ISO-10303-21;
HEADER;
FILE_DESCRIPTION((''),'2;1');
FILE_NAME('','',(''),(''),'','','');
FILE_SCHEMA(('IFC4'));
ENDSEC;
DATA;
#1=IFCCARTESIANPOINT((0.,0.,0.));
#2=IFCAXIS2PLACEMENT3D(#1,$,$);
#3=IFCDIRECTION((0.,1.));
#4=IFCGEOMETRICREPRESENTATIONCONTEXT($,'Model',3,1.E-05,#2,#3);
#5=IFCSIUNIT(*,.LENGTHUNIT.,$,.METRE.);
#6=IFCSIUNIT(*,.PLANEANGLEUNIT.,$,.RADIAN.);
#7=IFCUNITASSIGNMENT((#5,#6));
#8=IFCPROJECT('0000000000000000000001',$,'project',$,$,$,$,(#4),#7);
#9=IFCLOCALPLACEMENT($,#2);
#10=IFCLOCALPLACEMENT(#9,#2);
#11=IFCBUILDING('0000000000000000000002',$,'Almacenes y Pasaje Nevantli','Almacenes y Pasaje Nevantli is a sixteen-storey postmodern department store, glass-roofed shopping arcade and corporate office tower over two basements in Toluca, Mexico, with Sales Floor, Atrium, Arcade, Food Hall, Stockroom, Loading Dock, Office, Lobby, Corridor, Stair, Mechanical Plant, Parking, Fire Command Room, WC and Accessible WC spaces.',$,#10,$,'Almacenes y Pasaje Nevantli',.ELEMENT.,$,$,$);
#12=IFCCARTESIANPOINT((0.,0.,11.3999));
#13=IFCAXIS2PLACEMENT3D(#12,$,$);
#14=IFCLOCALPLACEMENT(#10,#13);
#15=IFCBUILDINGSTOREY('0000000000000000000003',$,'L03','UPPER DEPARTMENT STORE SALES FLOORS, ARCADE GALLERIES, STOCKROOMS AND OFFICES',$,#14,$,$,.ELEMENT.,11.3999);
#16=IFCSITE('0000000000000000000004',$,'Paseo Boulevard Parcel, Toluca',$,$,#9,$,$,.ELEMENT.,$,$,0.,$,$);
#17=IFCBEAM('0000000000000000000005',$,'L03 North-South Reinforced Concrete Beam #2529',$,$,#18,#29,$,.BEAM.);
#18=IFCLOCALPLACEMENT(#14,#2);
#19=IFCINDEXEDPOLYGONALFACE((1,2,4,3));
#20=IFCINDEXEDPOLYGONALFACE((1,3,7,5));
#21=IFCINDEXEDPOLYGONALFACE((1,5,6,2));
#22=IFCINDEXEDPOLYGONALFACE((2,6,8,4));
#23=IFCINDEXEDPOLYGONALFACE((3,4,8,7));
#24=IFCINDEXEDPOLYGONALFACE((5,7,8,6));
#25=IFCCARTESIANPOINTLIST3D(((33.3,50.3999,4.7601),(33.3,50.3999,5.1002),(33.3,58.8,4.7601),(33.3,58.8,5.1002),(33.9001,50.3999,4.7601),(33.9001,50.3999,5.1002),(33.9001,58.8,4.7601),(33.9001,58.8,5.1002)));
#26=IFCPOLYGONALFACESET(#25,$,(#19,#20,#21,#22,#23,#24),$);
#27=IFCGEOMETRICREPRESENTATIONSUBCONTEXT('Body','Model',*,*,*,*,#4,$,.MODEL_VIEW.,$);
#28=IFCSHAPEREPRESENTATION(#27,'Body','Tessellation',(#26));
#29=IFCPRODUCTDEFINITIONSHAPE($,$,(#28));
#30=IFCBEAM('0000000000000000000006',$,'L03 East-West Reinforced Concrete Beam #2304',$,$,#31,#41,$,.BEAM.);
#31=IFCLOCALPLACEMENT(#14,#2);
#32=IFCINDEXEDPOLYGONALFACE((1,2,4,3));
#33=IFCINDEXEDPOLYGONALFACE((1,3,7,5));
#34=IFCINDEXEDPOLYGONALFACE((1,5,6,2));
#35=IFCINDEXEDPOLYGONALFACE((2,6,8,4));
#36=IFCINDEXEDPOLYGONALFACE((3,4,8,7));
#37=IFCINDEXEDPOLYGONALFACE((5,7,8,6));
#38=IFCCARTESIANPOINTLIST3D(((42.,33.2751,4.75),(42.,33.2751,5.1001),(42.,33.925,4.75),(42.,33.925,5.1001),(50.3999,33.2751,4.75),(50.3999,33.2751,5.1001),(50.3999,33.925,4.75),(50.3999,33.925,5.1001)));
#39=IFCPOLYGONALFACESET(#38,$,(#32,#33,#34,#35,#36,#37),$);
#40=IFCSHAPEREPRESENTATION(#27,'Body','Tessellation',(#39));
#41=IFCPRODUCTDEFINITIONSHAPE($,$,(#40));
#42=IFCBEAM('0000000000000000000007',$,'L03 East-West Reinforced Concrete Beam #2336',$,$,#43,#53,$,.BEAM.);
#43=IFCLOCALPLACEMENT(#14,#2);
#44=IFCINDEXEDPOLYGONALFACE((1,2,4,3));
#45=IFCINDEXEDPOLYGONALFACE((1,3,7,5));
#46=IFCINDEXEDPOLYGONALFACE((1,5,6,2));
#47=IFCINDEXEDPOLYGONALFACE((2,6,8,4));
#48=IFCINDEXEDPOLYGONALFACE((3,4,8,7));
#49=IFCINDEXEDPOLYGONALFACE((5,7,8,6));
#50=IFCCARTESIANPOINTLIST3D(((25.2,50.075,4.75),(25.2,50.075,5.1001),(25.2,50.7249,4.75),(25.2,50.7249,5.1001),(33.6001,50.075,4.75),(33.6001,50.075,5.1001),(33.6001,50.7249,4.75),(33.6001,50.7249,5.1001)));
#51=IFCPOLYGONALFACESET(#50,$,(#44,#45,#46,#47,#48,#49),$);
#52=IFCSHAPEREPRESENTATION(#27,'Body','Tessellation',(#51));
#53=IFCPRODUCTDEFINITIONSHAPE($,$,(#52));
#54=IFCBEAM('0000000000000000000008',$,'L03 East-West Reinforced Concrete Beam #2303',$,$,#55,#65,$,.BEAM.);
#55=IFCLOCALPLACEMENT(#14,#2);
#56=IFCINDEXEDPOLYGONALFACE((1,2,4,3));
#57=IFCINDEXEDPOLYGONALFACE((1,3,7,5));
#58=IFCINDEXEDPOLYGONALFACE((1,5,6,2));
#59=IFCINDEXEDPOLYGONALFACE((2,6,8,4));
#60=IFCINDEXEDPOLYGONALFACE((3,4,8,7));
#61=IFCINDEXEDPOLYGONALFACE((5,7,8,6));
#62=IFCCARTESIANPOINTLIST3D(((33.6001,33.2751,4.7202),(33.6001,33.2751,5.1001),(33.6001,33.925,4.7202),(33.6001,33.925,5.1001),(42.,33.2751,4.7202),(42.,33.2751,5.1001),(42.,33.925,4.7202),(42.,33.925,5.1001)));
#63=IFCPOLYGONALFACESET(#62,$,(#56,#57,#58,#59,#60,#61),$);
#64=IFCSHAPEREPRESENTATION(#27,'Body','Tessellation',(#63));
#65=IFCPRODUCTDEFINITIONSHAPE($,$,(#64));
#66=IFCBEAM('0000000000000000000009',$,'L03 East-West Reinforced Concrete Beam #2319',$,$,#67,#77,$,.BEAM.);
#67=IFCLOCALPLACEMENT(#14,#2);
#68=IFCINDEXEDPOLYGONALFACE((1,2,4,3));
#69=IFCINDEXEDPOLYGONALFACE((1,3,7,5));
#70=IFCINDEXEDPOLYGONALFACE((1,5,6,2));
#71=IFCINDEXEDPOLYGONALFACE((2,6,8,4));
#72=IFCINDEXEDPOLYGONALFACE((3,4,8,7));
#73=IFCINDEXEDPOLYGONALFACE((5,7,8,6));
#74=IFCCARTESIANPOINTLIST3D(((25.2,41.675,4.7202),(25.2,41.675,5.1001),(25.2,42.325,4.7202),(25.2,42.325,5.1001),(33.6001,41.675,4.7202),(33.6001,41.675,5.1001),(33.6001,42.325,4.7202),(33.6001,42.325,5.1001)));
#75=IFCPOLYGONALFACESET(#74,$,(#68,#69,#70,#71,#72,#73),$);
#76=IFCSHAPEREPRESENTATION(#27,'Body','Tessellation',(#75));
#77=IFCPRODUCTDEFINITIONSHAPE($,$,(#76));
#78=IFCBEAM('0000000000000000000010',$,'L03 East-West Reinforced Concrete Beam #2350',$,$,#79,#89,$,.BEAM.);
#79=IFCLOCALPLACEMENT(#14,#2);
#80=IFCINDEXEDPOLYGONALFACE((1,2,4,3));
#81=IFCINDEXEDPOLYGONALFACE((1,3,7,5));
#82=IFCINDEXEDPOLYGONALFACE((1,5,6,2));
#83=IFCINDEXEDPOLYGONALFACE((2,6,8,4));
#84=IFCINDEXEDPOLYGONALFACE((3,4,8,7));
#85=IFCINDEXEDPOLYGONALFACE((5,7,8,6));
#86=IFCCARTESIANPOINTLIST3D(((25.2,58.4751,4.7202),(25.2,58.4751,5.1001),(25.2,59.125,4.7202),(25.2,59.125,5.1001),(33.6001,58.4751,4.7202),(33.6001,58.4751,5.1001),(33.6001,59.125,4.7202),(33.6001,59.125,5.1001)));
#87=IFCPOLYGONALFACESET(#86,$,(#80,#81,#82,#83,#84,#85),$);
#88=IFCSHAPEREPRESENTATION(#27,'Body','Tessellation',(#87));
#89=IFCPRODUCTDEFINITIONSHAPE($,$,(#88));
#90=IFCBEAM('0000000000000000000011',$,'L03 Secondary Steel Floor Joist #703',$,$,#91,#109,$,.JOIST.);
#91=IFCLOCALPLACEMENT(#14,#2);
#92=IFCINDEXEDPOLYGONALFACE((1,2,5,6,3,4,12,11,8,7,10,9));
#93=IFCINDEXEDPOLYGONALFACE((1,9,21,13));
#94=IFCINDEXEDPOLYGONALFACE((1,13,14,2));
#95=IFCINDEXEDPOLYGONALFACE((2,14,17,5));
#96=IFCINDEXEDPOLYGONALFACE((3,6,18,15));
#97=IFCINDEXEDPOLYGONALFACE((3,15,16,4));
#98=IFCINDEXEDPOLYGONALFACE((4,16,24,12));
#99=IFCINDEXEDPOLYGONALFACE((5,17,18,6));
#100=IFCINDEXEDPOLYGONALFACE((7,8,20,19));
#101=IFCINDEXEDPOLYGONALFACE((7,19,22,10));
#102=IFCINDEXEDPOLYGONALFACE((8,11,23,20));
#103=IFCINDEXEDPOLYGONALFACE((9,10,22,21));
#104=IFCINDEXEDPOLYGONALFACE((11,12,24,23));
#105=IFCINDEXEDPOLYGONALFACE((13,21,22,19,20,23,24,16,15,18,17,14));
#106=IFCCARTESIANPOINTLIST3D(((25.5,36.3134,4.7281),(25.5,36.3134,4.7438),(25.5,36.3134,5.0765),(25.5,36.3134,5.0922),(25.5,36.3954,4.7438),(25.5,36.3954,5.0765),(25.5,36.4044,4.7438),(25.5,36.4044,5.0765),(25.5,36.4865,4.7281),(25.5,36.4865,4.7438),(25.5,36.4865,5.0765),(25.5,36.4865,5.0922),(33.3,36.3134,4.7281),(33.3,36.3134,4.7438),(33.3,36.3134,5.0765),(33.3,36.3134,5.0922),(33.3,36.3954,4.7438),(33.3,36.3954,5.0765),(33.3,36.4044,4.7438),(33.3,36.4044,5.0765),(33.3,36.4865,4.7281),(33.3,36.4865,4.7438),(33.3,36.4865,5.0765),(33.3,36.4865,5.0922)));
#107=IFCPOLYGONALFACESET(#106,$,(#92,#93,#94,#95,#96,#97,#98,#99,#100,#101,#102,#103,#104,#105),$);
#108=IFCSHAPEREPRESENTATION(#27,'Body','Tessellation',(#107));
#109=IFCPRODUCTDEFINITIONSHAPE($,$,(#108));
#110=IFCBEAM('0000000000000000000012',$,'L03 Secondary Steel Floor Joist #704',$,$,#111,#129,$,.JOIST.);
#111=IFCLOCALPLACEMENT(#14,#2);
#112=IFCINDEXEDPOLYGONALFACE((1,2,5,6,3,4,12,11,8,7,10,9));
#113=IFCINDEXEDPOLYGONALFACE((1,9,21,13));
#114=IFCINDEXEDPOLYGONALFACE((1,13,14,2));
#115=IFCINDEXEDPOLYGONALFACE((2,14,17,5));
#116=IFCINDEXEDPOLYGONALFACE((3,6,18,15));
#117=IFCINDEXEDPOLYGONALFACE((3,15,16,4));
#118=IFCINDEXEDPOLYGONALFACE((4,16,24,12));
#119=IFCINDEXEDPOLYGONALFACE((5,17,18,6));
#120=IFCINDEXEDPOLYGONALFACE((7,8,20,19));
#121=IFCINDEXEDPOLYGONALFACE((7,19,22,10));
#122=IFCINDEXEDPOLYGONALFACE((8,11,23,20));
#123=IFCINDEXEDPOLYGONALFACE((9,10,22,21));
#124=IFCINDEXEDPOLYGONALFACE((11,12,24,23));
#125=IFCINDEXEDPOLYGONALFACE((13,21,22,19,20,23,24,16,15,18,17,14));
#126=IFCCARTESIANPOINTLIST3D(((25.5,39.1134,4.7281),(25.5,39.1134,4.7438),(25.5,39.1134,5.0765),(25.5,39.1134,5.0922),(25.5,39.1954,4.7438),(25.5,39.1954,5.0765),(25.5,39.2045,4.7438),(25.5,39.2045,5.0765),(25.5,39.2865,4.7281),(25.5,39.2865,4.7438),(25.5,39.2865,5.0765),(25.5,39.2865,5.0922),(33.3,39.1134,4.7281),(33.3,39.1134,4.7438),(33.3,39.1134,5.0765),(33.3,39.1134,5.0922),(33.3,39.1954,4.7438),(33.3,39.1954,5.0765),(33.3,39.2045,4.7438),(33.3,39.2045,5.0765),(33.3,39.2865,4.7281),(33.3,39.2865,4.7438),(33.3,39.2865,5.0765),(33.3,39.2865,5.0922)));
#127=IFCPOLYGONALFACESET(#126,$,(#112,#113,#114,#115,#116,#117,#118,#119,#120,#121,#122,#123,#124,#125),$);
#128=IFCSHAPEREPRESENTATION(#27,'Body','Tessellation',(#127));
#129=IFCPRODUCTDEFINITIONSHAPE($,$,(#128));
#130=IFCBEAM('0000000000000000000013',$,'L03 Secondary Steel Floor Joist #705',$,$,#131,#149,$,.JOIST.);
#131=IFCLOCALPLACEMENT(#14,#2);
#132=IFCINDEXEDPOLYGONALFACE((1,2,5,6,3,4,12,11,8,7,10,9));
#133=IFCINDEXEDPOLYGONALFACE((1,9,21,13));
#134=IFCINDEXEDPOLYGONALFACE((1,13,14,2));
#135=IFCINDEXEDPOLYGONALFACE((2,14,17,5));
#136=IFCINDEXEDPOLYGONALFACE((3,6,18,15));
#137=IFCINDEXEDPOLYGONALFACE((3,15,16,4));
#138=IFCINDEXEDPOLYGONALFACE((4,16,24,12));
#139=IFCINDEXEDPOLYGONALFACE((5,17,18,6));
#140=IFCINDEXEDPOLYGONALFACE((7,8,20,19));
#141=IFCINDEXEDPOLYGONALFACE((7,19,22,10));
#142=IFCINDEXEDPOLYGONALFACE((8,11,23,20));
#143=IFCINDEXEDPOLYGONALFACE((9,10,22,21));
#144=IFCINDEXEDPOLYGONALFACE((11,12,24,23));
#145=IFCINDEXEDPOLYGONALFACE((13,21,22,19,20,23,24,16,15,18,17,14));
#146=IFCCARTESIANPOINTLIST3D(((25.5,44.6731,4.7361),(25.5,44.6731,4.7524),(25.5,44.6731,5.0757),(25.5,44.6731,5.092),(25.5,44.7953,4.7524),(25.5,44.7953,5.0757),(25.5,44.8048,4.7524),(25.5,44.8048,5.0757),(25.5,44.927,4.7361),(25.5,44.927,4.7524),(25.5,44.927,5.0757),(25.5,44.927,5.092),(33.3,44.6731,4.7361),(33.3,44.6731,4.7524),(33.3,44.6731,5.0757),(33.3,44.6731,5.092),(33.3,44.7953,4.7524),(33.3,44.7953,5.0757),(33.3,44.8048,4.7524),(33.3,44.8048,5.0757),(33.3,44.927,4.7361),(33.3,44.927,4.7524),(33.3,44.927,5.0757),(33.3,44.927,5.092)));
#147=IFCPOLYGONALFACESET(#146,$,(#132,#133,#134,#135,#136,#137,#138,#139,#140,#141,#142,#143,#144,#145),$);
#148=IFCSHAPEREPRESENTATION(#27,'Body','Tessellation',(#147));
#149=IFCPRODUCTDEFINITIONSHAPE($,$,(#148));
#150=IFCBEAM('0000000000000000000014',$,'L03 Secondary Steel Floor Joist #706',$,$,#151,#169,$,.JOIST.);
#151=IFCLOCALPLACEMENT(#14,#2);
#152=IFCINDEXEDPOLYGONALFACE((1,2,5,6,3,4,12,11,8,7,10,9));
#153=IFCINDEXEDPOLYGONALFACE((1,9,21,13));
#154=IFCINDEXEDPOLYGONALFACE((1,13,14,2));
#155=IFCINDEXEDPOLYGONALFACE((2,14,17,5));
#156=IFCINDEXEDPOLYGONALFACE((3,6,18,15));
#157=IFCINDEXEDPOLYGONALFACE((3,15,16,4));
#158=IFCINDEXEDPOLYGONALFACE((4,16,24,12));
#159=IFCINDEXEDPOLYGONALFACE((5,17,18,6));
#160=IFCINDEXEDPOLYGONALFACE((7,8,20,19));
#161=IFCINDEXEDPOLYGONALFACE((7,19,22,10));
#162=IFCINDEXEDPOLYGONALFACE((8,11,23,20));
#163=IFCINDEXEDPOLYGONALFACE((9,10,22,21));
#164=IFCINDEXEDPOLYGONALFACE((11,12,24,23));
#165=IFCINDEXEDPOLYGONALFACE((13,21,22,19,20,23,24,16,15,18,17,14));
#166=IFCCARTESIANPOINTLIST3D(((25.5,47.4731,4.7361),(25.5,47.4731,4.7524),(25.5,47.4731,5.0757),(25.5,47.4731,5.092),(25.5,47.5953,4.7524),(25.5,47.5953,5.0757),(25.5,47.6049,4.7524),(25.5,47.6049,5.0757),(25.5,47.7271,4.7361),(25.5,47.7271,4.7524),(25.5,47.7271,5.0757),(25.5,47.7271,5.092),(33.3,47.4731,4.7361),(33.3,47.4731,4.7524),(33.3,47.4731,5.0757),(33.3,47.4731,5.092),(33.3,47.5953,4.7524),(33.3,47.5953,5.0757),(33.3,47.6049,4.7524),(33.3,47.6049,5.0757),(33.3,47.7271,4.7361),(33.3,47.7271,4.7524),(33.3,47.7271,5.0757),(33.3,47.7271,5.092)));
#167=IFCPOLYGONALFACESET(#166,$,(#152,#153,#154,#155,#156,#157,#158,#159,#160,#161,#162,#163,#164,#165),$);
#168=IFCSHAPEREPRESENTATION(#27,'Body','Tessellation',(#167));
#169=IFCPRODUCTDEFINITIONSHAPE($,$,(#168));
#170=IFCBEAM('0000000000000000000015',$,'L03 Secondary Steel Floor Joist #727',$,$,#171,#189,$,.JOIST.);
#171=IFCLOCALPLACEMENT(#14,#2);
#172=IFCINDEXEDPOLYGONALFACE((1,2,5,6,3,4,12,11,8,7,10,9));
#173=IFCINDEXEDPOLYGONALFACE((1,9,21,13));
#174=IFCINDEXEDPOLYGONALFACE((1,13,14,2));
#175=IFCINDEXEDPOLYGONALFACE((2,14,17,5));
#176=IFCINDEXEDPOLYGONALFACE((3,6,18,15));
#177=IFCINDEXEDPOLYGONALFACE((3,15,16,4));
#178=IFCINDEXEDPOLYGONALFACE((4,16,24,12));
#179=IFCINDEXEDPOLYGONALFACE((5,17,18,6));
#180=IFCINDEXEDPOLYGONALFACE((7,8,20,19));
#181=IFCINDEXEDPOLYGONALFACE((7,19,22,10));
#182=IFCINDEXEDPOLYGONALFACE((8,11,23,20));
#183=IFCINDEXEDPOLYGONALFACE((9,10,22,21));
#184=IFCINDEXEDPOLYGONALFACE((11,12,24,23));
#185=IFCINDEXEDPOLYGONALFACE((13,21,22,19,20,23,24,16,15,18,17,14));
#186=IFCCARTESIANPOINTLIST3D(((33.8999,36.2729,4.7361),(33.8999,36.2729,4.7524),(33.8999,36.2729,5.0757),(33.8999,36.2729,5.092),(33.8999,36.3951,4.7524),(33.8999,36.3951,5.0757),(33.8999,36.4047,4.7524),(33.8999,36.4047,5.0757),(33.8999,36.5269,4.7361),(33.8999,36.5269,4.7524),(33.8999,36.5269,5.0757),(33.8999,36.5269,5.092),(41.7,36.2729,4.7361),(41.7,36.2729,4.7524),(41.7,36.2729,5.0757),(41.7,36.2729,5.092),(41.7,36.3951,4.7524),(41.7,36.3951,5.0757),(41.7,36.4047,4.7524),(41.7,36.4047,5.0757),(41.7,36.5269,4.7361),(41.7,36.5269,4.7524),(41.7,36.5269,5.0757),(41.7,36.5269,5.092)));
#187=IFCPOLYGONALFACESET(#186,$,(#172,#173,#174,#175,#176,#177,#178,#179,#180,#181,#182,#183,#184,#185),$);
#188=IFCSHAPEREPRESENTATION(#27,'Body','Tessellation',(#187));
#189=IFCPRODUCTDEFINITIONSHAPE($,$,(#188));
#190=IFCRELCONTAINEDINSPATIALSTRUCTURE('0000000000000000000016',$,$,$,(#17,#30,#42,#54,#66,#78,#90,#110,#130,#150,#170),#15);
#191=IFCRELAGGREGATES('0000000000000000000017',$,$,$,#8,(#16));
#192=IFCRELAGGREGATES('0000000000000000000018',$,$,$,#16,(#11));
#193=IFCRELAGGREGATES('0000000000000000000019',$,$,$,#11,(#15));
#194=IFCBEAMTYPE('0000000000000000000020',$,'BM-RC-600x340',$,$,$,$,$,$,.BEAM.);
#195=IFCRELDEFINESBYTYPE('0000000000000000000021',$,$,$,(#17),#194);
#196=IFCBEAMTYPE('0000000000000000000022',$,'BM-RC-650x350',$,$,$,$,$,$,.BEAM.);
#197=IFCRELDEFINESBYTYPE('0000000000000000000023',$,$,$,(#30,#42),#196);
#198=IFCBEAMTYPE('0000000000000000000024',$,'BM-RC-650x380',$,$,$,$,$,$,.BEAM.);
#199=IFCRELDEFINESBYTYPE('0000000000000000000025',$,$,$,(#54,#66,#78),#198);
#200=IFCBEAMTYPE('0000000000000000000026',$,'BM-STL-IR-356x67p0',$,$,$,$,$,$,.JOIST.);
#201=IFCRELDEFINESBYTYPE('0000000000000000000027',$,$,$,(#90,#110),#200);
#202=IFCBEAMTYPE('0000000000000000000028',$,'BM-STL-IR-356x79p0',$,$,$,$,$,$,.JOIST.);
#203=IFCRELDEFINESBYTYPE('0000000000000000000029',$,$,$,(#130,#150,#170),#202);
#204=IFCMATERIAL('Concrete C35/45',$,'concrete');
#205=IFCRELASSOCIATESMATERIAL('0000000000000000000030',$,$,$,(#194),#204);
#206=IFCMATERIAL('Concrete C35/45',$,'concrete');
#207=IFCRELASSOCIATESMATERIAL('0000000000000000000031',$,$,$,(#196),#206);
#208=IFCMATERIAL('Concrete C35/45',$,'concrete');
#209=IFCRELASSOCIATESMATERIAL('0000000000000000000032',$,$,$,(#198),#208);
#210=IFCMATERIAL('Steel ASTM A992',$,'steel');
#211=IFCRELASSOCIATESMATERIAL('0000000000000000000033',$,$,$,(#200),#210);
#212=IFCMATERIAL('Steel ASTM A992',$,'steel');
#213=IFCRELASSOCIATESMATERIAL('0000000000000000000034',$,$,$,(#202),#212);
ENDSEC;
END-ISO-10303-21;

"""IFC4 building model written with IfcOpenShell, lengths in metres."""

from ifc_helpers import new_model, si_unit, direction, frame, origin, origin_2d, place, context, subcontext, project, spatial, rectangle, i_section, extrude, material, material_profile, profile_set, type_object, element, save


model = new_model("IFC4")

# Units and contexts
model_context = context("Model", 3, precision=1e-05, world=origin(), true_north=direction((0.0, 1.0)))
body_context = subcontext(model_context, "Body", "Model", "MODEL_VIEW")
ifc_project = project(units=[si_unit("LENGTHUNIT", "METRE"), si_unit("PLANEANGLEUNIT", "RADIAN")], contexts=[model_context])

# Site, building, storey
site_placement = place(None, origin())
site = spatial("IfcSite", under=ifc_project, at=site_placement, Name="Paseo Boulevard Parcel, Toluca", CompositionType="ELEMENT", RefElevation=0.0)
building_placement = place(site_placement, origin())
building = spatial("IfcBuilding", under=site, at=building_placement, Name="Almacenes y Pasaje Nevantli", Description="Almacenes y Pasaje Nevantli is a sixteen-storey postmodern department store, glass-roofed shopping arcade and corporate office tower over two basements in Toluca, Mexico, with Sales Floor, Atrium, Arcade, Food Hall, Stockroom, Loading Dock, Office, Lobby, Corridor, Stair, Mechanical Plant, Parking, Fire Command Room, WC and Accessible WC spaces.", LongName="Almacenes y Pasaje Nevantli", CompositionType="ELEMENT")
storey_placement = place(building_placement, frame((0.0, 0.0, 11.3999)))
storey = spatial("IfcBuildingStorey", under=building, at=storey_placement, Name="L03", Description="UPPER DEPARTMENT STORE SALES FLOORS, ARCADE GALLERIES, STOCKROOMS AND OFFICES", CompositionType="ELEMENT", Elevation=11.3999)

# Beams
ifc_material_1 = material(Name="Concrete C35/45", Category="concrete")
ifc_material_profile_1 = material_profile(ifc_material_1, rectangle(XDim=0.6001, YDim=0.3401, at=origin_2d()), Name="RC-BM-600x340")
ifc_profile_set_1 = profile_set([ifc_material_profile_1], Name="Concrete C35/45")
beam_type_1 = type_object("IfcBeamType", Name="BM-RC-600x340", PredefinedType="BEAM", material=ifc_profile_set_1)
beam_1_placement = place(storey_placement, frame((33.6001, 50.3999, 4.9302), z_axis=(0.0, 1.0, 0.0), x_axis=(-1.0, 0.0, 0.0)))
element("IfcBeam", 1, at=beam_1_placement, inside=storey, type_object=beam_type_1, Name="L03 North-South Reinforced Concrete Beam #2529", PredefinedType="BEAM", context=body_context, shape_type="SweptSolid", body=[
    extrude(rectangle(XDim=0.6001, YDim=0.3401, at=origin_2d()), origin(), (0.0, 0.0, 1.0), 8.4001),
])
ifc_material_2 = material(Name="Concrete C35/45", Category="concrete")
ifc_material_profile_2 = material_profile(ifc_material_2, rectangle(XDim=0.6499, YDim=0.3501, at=origin_2d()), Name="RC-BM-650x350")
ifc_profile_set_2 = profile_set([ifc_material_profile_2], Name="Concrete C35/45")
beam_type_2 = type_object("IfcBeamType", Name="BM-RC-650x350", PredefinedType="BEAM", material=ifc_profile_set_2)
beam_2_placement = place(storey_placement, frame((42.0, 33.6001, 4.925), z_axis=(1.0, 0.0, 0.0), x_axis=(0.0, 1.0, 0.0)))
element("IfcBeam", 2, at=beam_2_placement, inside=storey, type_object=beam_type_2, Name="L03 East-West Reinforced Concrete Beam #2304", PredefinedType="BEAM", context=body_context, shape_type="SweptSolid", body=[
    extrude(rectangle(XDim=0.6499, YDim=0.3501, at=origin_2d()), origin(), (0.0, 0.0, 1.0), 8.3999),
])
beam_3_placement = place(storey_placement, frame((25.2, 50.3999, 4.925), z_axis=(1.0, 0.0, 0.0), x_axis=(0.0, 1.0, 0.0)))
element("IfcBeam", 3, at=beam_3_placement, inside=storey, type_object=beam_type_2, Name="L03 East-West Reinforced Concrete Beam #2336", PredefinedType="BEAM", context=body_context, shape_type="SweptSolid", body=[
    extrude(rectangle(XDim=0.6499, YDim=0.3501, at=origin_2d()), origin(), (0.0, 0.0, 1.0), 8.4001),
])
ifc_material_3 = material(Name="Concrete C35/45", Category="concrete")
ifc_material_profile_3 = material_profile(ifc_material_3, rectangle(XDim=0.6499, YDim=0.3799, at=origin_2d()), Name="RC-BM-650x380")
ifc_profile_set_3 = profile_set([ifc_material_profile_3], Name="Concrete C35/45")
beam_type_3 = type_object("IfcBeamType", Name="BM-RC-650x380", PredefinedType="BEAM", material=ifc_profile_set_3)
beam_4_placement = place(storey_placement, frame((33.6001, 33.6001, 4.9102), z_axis=(1.0, 0.0, 0.0), x_axis=(0.0, 1.0, 0.0)))
element("IfcBeam", 4, at=beam_4_placement, inside=storey, type_object=beam_type_3, Name="L03 East-West Reinforced Concrete Beam #2303", PredefinedType="BEAM", context=body_context, shape_type="SweptSolid", body=[
    extrude(rectangle(XDim=0.6499, YDim=0.3799, at=origin_2d()), origin(), (0.0, 0.0, 1.0), 8.3999),
])
for number, where, z_axis, x_axis, name in (
    (5, (25.2, 42.0, 4.9102), (1.0, 0.0, 0.0), (0.0, 1.0, 0.0), "L03 East-West Reinforced Concrete Beam #2319"),
    (6, (25.2, 58.8, 4.9102), (1.0, 0.0, 0.0), (0.0, 1.0, 0.0), "L03 East-West Reinforced Concrete Beam #2350"),
):
    element("IfcBeam", number, at=place(storey_placement, frame(where, z_axis=z_axis, x_axis=x_axis)), inside=storey, type_object=beam_type_3, Name=name, PredefinedType="BEAM", context=body_context, shape_type="SweptSolid", body=[
        extrude(rectangle(XDim=0.6499, YDim=0.3799, at=origin_2d()), origin(), (0.0, 0.0, 1.0), 8.4001),
    ])
ifc_material_4 = material(Name="Steel ASTM A992", Category="steel")
ifc_material_profile_4 = material_profile(ifc_material_4, i_section(OverallWidth=0.1731, OverallDepth=0.364, WebThickness=0.009, FlangeThickness=0.0156, at=origin_2d()), Name="IR 356x67.0")
ifc_profile_set_4 = profile_set([ifc_material_profile_4], Name="Steel ASTM A992")
beam_type_4 = type_object("IfcBeamType", Name="BM-STL-IR-356x67p0", PredefinedType="JOIST", material=ifc_profile_set_4)
for number, where, z_axis, x_axis, name in (
    (7, (25.5, 36.3999, 4.9102), (1.0, 0.0, 0.0), (0.0, 1.0, 0.0), "L03 Secondary Steel Floor Joist #703"),
    (8, (25.5, 39.2, 4.9102), (1.0, 0.0, 0.0), (0.0, 1.0, 0.0), "L03 Secondary Steel Floor Joist #704"),
):
    element("IfcBeam", number, at=place(storey_placement, frame(where, z_axis=z_axis, x_axis=x_axis)), inside=storey, type_object=beam_type_4, Name=name, PredefinedType="JOIST", context=body_context, shape_type="SweptSolid", body=[
        extrude(i_section(OverallWidth=0.1731, OverallDepth=0.364, WebThickness=0.009, FlangeThickness=0.0156, at=origin_2d()), origin(), (0.0, 0.0, 1.0), 7.8),
    ])
ifc_material_5 = material(Name="Steel ASTM A992", Category="steel")
ifc_material_profile_5 = material_profile(ifc_material_5, i_section(OverallWidth=0.2539, OverallDepth=0.356, WebThickness=0.0095, FlangeThickness=0.0164, at=origin_2d()), Name="IR 356x79.0")
ifc_profile_set_5 = profile_set([ifc_material_profile_5], Name="Steel ASTM A992")
beam_type_5 = type_object("IfcBeamType", Name="BM-STL-IR-356x79p0", PredefinedType="JOIST", material=ifc_profile_set_5)
for number, where, z_axis, x_axis, name in (
    (9, (25.5, 44.8, 4.9141), (1.0, 0.0, 0.0), (0.0, 1.0, 0.0), "L03 Secondary Steel Floor Joist #705"),
    (10, (25.5, 47.6001, 4.9141), (1.0, 0.0, 0.0), (0.0, 1.0, 0.0), "L03 Secondary Steel Floor Joist #706"),
    (11, (33.8999, 36.3999, 4.9141), (1.0, 0.0, 0.0), (0.0, 1.0, 0.0), "L03 Secondary Steel Floor Joist #727"),
):
    element("IfcBeam", number, at=place(storey_placement, frame(where, z_axis=z_axis, x_axis=x_axis)), inside=storey, type_object=beam_type_5, Name=name, PredefinedType="JOIST", context=body_context, shape_type="SweptSolid", body=[
        extrude(i_section(OverallWidth=0.2539, OverallDepth=0.356, WebThickness=0.0095, FlangeThickness=0.0164, at=origin_2d()), origin(), (0.0, 0.0, 1.0), 7.8),
    ])

save(model, "model.ifc")
